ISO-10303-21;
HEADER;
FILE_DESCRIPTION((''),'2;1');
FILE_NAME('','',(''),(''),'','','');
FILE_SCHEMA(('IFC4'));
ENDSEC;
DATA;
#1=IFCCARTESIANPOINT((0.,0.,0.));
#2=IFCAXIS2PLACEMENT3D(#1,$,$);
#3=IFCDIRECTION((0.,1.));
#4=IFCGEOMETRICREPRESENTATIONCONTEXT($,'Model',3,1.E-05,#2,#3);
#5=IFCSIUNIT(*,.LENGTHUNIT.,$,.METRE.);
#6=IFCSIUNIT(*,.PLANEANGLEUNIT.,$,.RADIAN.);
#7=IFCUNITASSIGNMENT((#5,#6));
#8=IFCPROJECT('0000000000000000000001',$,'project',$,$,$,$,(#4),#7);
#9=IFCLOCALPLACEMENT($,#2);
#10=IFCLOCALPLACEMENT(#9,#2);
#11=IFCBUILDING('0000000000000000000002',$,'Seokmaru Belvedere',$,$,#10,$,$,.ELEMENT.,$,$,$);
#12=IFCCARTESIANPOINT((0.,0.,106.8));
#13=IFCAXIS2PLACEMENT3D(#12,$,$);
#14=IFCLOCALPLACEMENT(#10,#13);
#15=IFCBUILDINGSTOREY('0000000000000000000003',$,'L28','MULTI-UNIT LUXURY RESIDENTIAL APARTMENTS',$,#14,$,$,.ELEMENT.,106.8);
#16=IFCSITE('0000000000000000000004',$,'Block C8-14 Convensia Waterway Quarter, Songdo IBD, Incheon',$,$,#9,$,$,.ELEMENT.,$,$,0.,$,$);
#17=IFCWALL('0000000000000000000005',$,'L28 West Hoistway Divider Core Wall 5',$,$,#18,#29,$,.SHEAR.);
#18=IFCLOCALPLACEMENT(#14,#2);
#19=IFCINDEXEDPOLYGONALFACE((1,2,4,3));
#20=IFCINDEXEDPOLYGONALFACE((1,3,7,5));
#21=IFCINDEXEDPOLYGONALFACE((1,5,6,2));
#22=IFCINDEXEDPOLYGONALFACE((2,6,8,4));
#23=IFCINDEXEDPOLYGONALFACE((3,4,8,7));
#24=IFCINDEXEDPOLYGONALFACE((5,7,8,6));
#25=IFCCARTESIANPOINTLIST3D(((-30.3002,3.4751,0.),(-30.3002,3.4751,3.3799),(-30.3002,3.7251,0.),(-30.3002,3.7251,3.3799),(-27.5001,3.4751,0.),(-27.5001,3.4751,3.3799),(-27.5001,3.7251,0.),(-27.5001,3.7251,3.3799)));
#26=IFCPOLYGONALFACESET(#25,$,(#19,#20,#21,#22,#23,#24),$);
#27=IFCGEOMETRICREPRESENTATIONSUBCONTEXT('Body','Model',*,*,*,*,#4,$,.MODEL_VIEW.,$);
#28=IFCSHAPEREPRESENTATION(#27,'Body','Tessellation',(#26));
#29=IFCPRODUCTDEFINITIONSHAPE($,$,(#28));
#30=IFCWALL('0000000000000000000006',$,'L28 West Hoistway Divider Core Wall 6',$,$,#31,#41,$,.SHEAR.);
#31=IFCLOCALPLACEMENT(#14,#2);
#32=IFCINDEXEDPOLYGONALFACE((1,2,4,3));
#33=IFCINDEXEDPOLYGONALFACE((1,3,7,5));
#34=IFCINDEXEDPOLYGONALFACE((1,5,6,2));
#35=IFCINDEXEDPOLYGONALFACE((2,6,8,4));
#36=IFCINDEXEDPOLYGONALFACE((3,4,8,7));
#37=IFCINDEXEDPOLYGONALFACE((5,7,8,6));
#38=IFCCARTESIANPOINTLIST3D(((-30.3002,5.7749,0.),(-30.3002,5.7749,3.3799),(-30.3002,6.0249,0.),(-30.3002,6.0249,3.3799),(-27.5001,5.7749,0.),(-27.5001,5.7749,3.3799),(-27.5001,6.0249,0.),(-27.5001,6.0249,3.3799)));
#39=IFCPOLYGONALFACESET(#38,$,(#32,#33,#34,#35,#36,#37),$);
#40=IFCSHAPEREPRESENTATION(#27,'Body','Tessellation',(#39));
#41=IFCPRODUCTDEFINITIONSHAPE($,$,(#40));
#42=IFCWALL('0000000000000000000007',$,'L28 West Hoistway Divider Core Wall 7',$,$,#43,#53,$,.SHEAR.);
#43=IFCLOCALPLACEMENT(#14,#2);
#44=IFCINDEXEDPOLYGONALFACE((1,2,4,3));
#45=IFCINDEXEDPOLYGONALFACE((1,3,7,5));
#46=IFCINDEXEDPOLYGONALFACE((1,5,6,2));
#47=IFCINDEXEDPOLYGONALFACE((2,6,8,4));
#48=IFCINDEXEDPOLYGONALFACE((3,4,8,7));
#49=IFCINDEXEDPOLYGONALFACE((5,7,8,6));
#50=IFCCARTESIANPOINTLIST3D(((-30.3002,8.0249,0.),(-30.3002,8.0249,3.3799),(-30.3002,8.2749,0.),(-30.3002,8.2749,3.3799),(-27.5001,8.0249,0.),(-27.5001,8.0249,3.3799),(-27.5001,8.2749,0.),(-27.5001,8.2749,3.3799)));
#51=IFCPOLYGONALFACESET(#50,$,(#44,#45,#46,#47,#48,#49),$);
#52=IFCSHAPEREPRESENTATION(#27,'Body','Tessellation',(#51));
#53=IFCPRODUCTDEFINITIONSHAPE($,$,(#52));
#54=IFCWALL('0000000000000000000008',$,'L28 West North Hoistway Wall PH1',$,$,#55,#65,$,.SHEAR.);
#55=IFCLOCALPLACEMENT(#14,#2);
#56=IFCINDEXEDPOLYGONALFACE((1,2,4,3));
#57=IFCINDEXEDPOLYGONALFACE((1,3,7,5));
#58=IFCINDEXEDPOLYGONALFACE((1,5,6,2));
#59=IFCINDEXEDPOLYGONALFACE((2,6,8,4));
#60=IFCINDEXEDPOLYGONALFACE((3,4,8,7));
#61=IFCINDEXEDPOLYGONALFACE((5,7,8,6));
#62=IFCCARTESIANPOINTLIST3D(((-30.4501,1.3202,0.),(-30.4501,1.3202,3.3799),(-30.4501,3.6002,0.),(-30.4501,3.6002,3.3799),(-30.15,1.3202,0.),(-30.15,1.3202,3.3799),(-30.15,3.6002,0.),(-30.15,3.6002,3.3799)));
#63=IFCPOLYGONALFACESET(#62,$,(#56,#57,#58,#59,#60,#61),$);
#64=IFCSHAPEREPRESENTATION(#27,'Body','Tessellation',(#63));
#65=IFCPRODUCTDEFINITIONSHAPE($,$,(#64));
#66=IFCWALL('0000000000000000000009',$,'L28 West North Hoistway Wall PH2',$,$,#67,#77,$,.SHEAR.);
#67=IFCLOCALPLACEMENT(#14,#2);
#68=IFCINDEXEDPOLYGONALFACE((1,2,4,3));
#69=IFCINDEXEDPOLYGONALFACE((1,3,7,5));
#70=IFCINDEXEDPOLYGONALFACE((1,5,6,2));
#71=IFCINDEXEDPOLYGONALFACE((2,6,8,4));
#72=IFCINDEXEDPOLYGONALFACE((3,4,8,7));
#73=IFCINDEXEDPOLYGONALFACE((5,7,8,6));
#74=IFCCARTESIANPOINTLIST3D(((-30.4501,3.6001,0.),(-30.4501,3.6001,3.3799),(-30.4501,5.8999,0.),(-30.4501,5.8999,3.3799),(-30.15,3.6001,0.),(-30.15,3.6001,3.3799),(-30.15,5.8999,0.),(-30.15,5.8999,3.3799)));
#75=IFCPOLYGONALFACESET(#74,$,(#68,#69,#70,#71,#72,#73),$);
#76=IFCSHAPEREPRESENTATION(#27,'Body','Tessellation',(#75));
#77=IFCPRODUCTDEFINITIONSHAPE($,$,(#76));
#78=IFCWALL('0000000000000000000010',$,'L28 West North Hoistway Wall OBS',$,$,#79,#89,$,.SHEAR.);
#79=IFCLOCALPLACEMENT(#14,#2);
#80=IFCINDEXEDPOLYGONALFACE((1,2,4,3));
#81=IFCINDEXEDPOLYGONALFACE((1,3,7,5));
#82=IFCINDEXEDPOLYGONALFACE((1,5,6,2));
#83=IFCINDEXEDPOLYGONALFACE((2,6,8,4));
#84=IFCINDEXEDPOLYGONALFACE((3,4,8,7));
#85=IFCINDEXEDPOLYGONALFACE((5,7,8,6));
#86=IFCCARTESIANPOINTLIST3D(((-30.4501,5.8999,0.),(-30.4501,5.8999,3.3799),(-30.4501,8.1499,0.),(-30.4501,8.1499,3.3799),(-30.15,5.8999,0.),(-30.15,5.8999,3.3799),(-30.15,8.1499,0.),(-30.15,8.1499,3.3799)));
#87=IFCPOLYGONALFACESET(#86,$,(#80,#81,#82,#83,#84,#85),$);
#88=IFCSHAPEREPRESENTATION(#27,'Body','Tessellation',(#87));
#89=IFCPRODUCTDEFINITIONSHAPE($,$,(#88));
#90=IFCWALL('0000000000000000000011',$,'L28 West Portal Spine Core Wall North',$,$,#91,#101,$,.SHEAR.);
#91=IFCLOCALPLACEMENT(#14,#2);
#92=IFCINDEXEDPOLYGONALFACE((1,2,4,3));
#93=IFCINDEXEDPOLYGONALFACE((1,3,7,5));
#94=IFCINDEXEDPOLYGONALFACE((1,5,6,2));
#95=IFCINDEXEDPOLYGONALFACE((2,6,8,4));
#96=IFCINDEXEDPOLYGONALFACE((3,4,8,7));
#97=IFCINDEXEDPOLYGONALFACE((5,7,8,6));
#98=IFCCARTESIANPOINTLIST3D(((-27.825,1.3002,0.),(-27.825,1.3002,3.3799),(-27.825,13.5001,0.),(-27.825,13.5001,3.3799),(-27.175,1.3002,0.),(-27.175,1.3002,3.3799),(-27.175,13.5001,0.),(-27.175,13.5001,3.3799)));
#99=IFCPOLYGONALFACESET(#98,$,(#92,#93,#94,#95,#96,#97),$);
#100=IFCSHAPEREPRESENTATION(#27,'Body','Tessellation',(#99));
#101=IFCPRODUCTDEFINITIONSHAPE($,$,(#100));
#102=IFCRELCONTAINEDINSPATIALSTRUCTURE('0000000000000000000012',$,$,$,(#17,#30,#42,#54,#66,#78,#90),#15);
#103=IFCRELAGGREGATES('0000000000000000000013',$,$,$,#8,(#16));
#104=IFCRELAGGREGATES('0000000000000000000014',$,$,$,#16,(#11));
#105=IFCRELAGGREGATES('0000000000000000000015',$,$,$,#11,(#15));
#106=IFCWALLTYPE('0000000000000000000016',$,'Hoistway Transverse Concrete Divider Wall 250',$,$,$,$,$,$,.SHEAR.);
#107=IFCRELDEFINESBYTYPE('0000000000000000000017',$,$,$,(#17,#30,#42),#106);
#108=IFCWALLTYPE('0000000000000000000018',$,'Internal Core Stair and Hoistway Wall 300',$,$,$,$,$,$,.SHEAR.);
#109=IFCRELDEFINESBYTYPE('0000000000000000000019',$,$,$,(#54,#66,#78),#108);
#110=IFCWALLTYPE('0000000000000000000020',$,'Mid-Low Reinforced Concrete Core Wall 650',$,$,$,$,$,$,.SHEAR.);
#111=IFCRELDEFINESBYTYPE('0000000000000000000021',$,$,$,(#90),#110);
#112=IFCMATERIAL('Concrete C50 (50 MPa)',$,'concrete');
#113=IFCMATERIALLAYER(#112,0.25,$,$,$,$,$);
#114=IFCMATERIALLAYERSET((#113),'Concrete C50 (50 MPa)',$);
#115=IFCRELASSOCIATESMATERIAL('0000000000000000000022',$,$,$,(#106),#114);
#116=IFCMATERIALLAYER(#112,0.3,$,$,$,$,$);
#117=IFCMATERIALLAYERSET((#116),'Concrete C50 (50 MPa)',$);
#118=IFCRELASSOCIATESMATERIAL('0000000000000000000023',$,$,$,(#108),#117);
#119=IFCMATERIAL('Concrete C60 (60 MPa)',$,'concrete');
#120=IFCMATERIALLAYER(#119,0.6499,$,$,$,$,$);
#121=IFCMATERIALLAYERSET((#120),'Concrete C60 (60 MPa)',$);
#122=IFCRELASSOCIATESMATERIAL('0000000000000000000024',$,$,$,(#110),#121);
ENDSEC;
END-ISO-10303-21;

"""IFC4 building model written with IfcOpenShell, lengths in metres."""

from ifc_helpers import new_model, si_unit, direction, frame, frame_2d, origin, place, context, subcontext, project, spatial, rectangle, extrude, material, layer, layer_set, type_object, element, save


model = new_model("IFC4")

# Units and contexts
model_context = context("Model", 3, precision=1e-05, world=origin(), true_north=direction((0.0, 1.0)))
body_context = subcontext(model_context, "Body", "Model", "MODEL_VIEW")
ifc_project = project(units=[si_unit("LENGTHUNIT", "METRE"), si_unit("PLANEANGLEUNIT", "RADIAN")], contexts=[model_context])

# Site, building, storey
site_placement = place(None, origin())
site = spatial("IfcSite", under=ifc_project, at=site_placement, Name="Block C8-14 Convensia Waterway Quarter, Songdo IBD, Incheon", CompositionType="ELEMENT", RefElevation=0.0)
building_placement = place(site_placement, origin())
building = spatial("IfcBuilding", under=site, at=building_placement, Name="Seokmaru Belvedere", CompositionType="ELEMENT")
storey_placement = place(building_placement, frame((0.0, 0.0, 106.8)))
storey = spatial("IfcBuildingStorey", under=building, at=storey_placement, Name="L28", Description="MULTI-UNIT LUXURY RESIDENTIAL APARTMENTS", CompositionType="ELEMENT", Elevation=106.8)

# Walls
ifc_material_1 = material(Name="Concrete C50 (50 MPa)", Category="concrete")
ifc_layer_1 = layer(ifc_material_1, 0.25)
ifc_layer_set_1 = layer_set([ifc_layer_1], Name="Concrete C50 (50 MPa)")
wall_type_1 = type_object("IfcWallType", Name="Hoistway Transverse Concrete Divider Wall 250", PredefinedType="SHEAR", material=ifc_layer_set_1)
for number, where, z_axis, x_axis, name in (
    (1, (-30.3, 3.6001, 0.0), (0.0, 0.0, 1.0), (1.0, 0.0, 0.0), "L28 West Hoistway Divider Core Wall 5"),
    (2, (-30.3, 5.8999, 0.0), (0.0, 0.0, 1.0), (1.0, 0.0, 0.0), "L28 West Hoistway Divider Core Wall 6"),
    (3, (-30.3, 8.1499, 0.0), (0.0, 0.0, 1.0), (1.0, 0.0, 0.0), "L28 West Hoistway Divider Core Wall 7"),
):
    element("IfcWall", number, at=place(storey_placement, frame(where, z_axis=z_axis, x_axis=x_axis)), inside=storey, type_object=wall_type_1, Name=name, PredefinedType="SHEAR", context=body_context, shape_type="SweptSolid", body=[
        extrude(rectangle(XDim=2.8, YDim=0.25, at=frame_2d((1.3999, 0.0))), origin(), (0.0, 0.0, 1.0), 3.3799),
    ])
ifc_layer_2 = layer(ifc_material_1, 0.3)
ifc_layer_set_2 = layer_set([ifc_layer_2], Name="Concrete C50 (50 MPa)")
wall_type_2 = type_object("IfcWallType", Name="Internal Core Stair and Hoistway Wall 300", PredefinedType="SHEAR", material=ifc_layer_set_2)
wall_1_placement = place(storey_placement, frame((-30.3, 1.3201, 0.0), z_axis=(0.0, 0.0, 1.0), x_axis=(0.0, 1.0, 0.0)))
element("IfcWall", 4, at=wall_1_placement, inside=storey, type_object=wall_type_2, Name="L28 West North Hoistway Wall PH1", PredefinedType="SHEAR", context=body_context, shape_type="SweptSolid", body=[
    extrude(rectangle(XDim=2.28, YDim=0.3, at=frame_2d((1.1401, 0.0))), origin(), (0.0, 0.0, 1.0), 3.3799),
])
wall_2_placement = place(storey_placement, frame((-30.3, 3.6001, 0.0), z_axis=(0.0, 0.0, 1.0), x_axis=(0.0, 1.0, 0.0)))
element("IfcWall", 5, at=wall_2_placement, inside=storey, type_object=wall_type_2, Name="L28 West North Hoistway Wall PH2", PredefinedType="SHEAR", context=body_context, shape_type="SweptSolid", body=[
    extrude(rectangle(XDim=2.2998, YDim=0.3, at=frame_2d((1.1499, 0.0))), origin(), (0.0, 0.0, 1.0), 3.3799),
])
wall_3_placement = place(storey_placement, frame((-30.3, 5.8999, 0.0), z_axis=(0.0, 0.0, 1.0), x_axis=(0.0, 1.0, 0.0)))
element("IfcWall", 6, at=wall_3_placement, inside=storey, type_object=wall_type_2, Name="L28 West North Hoistway Wall OBS", PredefinedType="SHEAR", context=body_context, shape_type="SweptSolid", body=[
    extrude(rectangle(XDim=2.25, YDim=0.3, at=frame_2d((1.125, 0.0))), origin(), (0.0, 0.0, 1.0), 3.3799),
])
ifc_material_2 = material(Name="Concrete C60 (60 MPa)", Category="concrete")
ifc_layer_3 = layer(ifc_material_2, 0.6499)
ifc_layer_set_3 = layer_set([ifc_layer_3], Name="Concrete C60 (60 MPa)")
wall_type_3 = type_object("IfcWallType", Name="Mid-Low Reinforced Concrete Core Wall 650", PredefinedType="SHEAR", material=ifc_layer_set_3)
wall_4_placement = place(storey_placement, frame((-27.5, 1.3, 0.0), z_axis=(0.0, 0.0, 1.0), x_axis=(0.0, 1.0, 0.0)))
element("IfcWall", 7, at=wall_4_placement, inside=storey, type_object=wall_type_3, Name="L28 West Portal Spine Core Wall North", PredefinedType="SHEAR", context=body_context, shape_type="SweptSolid", body=[
    extrude(rectangle(XDim=12.2, YDim=0.6499, at=frame_2d((6.1001, 0.0))), origin(), (0.0, 0.0, 1.0), 3.3799),
])

save(model, "model.ifc")
